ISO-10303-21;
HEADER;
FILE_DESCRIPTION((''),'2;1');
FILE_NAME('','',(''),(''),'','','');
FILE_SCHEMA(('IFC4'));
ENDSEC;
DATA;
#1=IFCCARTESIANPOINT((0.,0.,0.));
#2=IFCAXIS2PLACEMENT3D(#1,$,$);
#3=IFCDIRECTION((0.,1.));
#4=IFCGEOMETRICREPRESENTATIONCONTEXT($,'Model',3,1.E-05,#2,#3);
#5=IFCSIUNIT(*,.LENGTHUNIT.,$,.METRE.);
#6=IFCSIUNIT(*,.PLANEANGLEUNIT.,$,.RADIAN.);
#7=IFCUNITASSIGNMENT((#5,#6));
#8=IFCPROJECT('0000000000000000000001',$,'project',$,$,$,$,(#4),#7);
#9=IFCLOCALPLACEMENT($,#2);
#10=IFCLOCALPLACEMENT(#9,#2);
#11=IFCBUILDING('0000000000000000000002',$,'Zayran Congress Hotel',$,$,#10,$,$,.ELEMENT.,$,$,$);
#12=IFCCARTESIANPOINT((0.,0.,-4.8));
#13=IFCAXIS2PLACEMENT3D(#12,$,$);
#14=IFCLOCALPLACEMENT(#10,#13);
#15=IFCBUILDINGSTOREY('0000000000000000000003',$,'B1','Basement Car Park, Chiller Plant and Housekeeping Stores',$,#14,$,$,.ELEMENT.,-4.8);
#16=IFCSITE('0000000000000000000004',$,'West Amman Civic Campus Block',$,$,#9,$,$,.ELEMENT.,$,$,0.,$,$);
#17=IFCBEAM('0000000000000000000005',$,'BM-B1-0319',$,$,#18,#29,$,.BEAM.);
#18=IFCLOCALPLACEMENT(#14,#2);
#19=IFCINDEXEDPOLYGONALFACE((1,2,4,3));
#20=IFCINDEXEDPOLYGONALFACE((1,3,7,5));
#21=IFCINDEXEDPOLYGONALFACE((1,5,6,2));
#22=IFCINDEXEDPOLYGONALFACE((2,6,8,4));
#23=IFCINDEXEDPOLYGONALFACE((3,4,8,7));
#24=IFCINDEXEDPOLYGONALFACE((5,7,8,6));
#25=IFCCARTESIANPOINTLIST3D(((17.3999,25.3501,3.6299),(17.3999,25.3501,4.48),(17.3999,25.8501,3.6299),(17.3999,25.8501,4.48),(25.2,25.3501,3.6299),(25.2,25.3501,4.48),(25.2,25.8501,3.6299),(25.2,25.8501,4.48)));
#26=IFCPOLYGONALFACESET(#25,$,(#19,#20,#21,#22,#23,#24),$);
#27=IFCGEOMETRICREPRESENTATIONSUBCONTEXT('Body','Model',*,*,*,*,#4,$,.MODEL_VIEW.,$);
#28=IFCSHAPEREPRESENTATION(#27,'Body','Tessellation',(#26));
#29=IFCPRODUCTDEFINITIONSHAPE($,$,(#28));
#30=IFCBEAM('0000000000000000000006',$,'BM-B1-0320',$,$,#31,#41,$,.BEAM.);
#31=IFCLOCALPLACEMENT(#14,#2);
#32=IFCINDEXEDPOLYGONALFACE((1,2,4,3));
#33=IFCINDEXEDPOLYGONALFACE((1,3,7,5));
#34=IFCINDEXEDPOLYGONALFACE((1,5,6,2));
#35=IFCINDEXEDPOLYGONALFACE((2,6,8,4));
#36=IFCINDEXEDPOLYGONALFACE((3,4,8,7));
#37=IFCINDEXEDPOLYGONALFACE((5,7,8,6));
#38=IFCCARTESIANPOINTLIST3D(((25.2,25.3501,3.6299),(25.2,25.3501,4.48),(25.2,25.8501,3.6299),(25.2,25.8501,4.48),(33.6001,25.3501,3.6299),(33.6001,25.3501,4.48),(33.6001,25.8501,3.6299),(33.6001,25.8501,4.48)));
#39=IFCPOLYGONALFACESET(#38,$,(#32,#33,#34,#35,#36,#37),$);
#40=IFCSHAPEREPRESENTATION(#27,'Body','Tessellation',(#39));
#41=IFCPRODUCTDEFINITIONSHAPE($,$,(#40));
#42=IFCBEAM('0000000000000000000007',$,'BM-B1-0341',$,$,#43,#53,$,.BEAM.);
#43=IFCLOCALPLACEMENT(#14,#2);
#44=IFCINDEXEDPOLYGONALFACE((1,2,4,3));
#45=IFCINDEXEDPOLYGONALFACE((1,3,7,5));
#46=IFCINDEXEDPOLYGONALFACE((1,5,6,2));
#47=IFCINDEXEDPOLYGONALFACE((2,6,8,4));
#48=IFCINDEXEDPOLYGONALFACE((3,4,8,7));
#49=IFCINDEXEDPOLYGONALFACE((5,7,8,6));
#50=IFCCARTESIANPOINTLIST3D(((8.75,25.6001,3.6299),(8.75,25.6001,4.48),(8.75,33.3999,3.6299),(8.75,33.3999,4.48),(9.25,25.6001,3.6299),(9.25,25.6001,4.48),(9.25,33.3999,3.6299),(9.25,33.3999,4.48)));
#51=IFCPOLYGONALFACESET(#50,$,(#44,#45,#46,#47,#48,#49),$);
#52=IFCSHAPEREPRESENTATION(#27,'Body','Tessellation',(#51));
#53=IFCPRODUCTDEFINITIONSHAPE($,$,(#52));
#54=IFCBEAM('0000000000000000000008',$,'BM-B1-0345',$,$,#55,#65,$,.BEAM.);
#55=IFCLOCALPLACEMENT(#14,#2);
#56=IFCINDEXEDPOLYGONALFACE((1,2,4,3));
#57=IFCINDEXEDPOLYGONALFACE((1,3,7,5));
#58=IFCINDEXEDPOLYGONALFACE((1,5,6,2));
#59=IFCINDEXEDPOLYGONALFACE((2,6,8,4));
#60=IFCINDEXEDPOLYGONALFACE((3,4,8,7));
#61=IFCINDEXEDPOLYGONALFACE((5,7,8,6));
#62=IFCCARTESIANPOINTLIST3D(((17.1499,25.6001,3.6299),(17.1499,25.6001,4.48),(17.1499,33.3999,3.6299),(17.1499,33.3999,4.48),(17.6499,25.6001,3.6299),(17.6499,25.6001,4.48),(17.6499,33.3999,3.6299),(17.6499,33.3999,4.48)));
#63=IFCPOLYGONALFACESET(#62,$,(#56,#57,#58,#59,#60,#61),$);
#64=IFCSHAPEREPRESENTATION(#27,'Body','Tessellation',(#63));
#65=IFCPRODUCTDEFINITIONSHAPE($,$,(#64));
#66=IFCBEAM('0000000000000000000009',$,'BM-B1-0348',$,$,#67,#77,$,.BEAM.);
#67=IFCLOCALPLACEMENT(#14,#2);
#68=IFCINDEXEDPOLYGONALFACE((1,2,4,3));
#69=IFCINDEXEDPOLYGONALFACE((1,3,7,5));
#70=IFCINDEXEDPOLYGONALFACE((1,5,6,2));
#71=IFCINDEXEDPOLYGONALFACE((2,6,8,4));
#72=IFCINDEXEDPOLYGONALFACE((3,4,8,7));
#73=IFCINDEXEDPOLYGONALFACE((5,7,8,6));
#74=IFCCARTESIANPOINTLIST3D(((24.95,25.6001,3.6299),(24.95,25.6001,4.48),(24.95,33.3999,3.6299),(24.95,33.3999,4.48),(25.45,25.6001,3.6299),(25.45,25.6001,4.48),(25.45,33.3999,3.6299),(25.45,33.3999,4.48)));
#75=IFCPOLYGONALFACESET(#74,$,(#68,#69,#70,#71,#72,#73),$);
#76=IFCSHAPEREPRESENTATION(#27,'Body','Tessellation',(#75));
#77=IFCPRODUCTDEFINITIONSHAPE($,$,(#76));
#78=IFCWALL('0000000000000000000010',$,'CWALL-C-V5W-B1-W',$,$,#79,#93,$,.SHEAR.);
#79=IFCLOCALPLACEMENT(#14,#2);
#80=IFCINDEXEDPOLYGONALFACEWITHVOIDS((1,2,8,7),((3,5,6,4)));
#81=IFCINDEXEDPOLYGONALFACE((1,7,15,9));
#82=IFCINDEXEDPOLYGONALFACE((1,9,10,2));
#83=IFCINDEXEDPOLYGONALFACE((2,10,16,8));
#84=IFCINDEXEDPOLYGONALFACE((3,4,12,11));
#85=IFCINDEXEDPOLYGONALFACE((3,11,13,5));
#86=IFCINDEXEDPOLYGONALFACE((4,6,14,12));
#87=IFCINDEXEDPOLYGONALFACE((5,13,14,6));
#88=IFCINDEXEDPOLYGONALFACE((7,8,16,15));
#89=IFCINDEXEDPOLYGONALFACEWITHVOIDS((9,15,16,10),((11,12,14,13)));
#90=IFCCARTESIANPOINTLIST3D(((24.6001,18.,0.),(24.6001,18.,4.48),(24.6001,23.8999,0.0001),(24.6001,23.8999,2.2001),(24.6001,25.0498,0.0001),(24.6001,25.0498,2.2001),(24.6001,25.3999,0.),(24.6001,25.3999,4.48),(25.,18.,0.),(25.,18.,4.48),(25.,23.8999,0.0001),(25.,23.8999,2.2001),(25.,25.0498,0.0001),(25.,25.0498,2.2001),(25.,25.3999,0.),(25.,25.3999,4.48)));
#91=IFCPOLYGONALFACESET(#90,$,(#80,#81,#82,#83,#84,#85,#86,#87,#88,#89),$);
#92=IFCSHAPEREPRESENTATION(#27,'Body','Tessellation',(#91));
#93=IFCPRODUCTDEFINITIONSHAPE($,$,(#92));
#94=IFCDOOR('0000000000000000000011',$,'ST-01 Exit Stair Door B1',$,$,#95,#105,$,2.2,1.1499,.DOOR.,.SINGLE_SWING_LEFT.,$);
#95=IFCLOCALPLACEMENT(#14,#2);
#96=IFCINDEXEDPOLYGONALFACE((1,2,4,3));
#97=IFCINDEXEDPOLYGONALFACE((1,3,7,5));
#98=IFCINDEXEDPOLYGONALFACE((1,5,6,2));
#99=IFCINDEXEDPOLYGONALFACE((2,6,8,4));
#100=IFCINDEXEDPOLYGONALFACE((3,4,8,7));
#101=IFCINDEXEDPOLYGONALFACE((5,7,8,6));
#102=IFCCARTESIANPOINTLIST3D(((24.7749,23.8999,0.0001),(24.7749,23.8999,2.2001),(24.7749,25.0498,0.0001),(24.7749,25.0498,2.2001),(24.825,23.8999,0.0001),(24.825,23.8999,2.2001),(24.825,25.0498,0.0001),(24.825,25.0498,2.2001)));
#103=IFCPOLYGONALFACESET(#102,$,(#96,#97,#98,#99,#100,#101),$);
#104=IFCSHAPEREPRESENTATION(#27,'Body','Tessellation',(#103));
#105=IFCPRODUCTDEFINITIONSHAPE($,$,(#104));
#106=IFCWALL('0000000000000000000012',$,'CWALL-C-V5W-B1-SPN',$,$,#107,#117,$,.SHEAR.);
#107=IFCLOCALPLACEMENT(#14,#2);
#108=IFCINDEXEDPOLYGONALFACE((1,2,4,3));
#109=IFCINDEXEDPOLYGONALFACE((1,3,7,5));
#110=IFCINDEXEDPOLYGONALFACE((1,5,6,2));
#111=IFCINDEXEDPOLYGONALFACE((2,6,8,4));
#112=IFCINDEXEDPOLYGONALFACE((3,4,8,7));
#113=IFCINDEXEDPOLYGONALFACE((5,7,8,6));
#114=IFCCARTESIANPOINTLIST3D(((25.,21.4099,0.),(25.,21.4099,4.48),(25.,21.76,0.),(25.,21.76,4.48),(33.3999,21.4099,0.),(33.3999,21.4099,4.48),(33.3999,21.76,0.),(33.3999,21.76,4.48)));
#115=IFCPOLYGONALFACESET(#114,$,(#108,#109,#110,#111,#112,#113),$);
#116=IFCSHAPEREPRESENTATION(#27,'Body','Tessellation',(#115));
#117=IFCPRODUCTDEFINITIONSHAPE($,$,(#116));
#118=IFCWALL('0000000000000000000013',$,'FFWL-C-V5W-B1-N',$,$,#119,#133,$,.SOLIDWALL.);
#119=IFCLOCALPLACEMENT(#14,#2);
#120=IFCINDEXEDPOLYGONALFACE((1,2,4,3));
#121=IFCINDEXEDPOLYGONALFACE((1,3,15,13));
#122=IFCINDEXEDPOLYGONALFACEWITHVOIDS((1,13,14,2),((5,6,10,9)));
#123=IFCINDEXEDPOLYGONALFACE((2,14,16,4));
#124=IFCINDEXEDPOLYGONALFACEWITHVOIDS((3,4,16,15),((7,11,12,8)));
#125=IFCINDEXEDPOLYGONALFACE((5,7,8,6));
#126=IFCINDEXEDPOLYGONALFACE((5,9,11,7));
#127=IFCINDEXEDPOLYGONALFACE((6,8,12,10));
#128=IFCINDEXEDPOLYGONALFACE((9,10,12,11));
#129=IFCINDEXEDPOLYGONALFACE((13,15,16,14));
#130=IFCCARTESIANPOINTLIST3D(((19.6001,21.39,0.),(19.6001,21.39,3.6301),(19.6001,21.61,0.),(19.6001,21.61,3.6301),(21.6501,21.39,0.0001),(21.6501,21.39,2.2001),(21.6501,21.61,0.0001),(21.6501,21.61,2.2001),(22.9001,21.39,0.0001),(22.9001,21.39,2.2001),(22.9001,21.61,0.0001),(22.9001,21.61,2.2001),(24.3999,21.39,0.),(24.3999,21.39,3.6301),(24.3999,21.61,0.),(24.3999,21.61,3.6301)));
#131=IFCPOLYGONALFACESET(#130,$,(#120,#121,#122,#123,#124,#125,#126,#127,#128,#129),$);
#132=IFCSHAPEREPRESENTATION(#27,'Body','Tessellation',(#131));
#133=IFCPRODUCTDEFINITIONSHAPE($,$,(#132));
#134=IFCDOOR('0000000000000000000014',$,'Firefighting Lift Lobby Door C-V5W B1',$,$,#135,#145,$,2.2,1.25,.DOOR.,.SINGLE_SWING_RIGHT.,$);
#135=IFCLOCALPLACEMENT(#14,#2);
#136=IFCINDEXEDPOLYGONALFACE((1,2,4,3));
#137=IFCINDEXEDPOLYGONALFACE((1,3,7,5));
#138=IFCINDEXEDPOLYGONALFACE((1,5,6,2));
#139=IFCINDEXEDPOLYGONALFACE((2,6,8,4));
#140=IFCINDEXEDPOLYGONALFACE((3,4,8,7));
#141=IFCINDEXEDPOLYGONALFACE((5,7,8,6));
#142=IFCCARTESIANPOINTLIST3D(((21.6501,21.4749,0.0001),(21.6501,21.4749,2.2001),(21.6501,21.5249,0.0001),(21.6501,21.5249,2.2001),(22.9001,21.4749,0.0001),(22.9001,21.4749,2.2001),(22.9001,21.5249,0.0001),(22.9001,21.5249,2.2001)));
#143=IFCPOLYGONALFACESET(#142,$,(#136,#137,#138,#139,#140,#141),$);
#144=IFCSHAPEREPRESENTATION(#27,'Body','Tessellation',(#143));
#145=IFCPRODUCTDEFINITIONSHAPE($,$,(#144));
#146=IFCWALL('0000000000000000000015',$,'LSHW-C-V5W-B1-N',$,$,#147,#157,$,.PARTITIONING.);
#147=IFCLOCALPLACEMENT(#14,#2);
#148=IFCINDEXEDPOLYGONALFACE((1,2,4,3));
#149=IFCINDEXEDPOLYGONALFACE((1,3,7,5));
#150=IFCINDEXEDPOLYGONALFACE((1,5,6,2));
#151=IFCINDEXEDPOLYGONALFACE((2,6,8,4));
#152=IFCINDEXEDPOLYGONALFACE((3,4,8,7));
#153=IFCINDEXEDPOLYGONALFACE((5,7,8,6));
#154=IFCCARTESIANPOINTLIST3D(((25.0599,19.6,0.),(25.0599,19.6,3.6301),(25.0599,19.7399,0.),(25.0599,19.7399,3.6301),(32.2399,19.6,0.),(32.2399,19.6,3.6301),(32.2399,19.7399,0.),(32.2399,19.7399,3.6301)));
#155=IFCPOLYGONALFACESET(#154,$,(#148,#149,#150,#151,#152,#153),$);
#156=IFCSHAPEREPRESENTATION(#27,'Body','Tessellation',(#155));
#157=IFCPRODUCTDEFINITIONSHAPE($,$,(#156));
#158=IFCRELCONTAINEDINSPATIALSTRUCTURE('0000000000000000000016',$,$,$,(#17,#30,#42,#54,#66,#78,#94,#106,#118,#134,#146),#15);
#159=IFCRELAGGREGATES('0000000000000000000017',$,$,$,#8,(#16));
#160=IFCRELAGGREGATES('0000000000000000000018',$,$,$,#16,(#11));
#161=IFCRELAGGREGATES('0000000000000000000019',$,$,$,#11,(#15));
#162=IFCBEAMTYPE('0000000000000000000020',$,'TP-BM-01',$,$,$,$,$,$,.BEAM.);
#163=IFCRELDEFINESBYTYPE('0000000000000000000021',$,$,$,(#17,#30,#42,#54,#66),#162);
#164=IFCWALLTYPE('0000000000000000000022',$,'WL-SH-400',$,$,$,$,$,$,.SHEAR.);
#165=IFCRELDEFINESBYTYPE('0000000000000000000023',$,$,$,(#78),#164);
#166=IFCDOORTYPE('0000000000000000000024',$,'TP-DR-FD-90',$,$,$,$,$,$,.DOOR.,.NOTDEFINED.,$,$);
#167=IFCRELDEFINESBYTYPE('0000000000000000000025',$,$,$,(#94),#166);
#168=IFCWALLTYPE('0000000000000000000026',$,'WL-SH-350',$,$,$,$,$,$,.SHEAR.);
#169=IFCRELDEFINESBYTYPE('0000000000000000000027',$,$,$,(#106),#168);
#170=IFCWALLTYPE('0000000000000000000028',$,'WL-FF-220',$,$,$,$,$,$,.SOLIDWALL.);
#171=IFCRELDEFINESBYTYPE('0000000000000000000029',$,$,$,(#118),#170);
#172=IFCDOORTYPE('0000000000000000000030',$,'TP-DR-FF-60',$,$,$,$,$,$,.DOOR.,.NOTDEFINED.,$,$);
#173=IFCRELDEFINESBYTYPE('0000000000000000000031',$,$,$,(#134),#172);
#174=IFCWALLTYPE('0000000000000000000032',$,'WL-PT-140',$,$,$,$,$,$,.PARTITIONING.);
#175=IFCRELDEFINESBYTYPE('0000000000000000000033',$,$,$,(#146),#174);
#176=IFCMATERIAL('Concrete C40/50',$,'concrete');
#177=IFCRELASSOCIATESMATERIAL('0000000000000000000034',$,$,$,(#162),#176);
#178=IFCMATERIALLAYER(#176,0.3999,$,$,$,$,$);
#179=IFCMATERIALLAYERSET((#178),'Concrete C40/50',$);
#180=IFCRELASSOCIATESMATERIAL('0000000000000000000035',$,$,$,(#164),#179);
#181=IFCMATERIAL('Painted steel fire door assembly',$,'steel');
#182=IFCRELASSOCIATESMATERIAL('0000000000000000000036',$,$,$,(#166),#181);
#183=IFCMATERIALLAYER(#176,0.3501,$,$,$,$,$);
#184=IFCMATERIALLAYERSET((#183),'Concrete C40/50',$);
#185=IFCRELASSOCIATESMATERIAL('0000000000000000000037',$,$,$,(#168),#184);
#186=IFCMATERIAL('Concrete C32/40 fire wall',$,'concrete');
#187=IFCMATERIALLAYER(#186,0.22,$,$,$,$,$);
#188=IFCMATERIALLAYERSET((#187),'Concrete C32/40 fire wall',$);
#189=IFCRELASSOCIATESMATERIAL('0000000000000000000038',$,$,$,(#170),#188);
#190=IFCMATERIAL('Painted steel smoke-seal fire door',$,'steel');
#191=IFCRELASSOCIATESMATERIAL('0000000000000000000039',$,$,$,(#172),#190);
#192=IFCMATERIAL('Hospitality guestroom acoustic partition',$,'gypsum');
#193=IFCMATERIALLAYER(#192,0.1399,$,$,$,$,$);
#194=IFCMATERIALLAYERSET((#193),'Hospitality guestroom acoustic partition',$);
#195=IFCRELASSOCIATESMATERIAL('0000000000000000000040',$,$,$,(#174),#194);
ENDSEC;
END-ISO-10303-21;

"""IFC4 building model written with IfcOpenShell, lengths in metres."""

from ifc_helpers import new_model, si_unit, direction, frame, frame_2d, origin, origin_2d, place, context, subcontext, project, spatial, rectangle, extrude, material, layer, layer_set, material_profile, profile_set, type_object, element, fill, save


model = new_model("IFC4")

# Units and contexts
model_context = context("Model", 3, precision=1e-05, world=origin(), true_north=direction((0.0, 1.0)))
body_context = subcontext(model_context, "Body", "Model", "MODEL_VIEW")
ifc_project = project(units=[si_unit("LENGTHUNIT", "METRE"), si_unit("PLANEANGLEUNIT", "RADIAN")], contexts=[model_context])

# Site, building, storey
site_placement = place(None, origin())
site = spatial("IfcSite", under=ifc_project, at=site_placement, Name="West Amman Civic Campus Block", CompositionType="ELEMENT", RefElevation=0.0)
building_placement = place(site_placement, origin())
building = spatial("IfcBuilding", under=site, at=building_placement, Name="Zayran Congress Hotel", CompositionType="ELEMENT")
storey_placement = place(building_placement, frame((0.0, 0.0, -4.8)))
storey = spatial("IfcBuildingStorey", under=building, at=storey_placement, Name="B1", Description="Basement Car Park, Chiller Plant and Housekeeping Stores", CompositionType="ELEMENT", Elevation=-4.8)

# Shared definitions
ifc_material_1 = material(Name="Concrete C40/50", Category="concrete")

# Beams
ifc_material_profile_1 = material_profile(ifc_material_1, rectangle(XDim=0.5, YDim=0.8501, at=origin_2d()), Name="RC 500x850")
ifc_profile_set_1 = profile_set([ifc_material_profile_1], Name="Concrete C40/50")
beam_type = type_object("IfcBeamType", Name="TP-BM-01", PredefinedType="BEAM", material=ifc_profile_set_1)
beam_1_placement = place(storey_placement, frame((17.3999, 25.6001, 4.0549), z_axis=(1.0, 0.0, 0.0), x_axis=(0.0, 1.0, 0.0)))
element("IfcBeam", 1, at=beam_1_placement, inside=storey, type_object=beam_type, Name="BM-B1-0319", PredefinedType="BEAM", context=body_context, shape_type="SweptSolid", body=[
    extrude(rectangle(XDim=0.5, YDim=0.8501, at=origin_2d()), origin(), (0.0, 0.0, 1.0), 7.8),
])
beam_2_placement = place(storey_placement, frame((25.2, 25.6001, 4.0549), z_axis=(1.0, 0.0, 0.0), x_axis=(0.0, 1.0, 0.0)))
element("IfcBeam", 2, at=beam_2_placement, inside=storey, type_object=beam_type, Name="BM-B1-0320", PredefinedType="BEAM", context=body_context, shape_type="SweptSolid", body=[
    extrude(rectangle(XDim=0.5, YDim=0.8501, at=origin_2d()), origin(), (0.0, 0.0, 1.0), 8.4001),
])
for number, where, z_axis, x_axis, name in (
    (3, (9.0, 25.6001, 4.0549), (0.0, 1.0, 0.0), (-1.0, 0.0, 0.0), "BM-B1-0341"),
    (4, (17.3999, 25.6001, 4.0549), (0.0, 1.0, 0.0), (-1.0, 0.0, 0.0), "BM-B1-0345"),
    (5, (25.2, 25.6001, 4.0549), (0.0, 1.0, 0.0), (-1.0, 0.0, 0.0), "BM-B1-0348"),
):
    element("IfcBeam", number, at=place(storey_placement, frame(where, z_axis=z_axis, x_axis=x_axis)), inside=storey, type_object=beam_type, Name=name, PredefinedType="BEAM", context=body_context, shape_type="SweptSolid", body=[
        extrude(rectangle(XDim=0.5, YDim=0.8501, at=origin_2d()), origin(), (0.0, 0.0, 1.0), 7.7998),
    ])

# Wall, opening, door
ifc_layer_1 = layer(ifc_material_1, 0.3999)
ifc_layer_set_1 = layer_set([ifc_layer_1], Name="Concrete C40/50")
wall_type_1 = type_object("IfcWallType", Name="WL-SH-400", PredefinedType="SHEAR", material=ifc_layer_set_1)
wall_1_placement = place(storey_placement, frame((24.8, 25.3999, 0.0), z_axis=(0.0, 0.0, 1.0), x_axis=(0.0, -1.0, 0.0)))
wall_1 = element("IfcWall", 6, at=wall_1_placement, inside=storey, type_object=wall_type_1, Name="CWALL-C-V5W-B1-W", PredefinedType="SHEAR", context=body_context, shape_type="SweptSolid", body=[
    extrude(rectangle(XDim=7.3999, YDim=0.3999, at=frame_2d((3.7, 0.0))), origin(), (0.0, 0.0, 1.0), 4.48),
])
opening_1_placement = place(wall_1_placement, frame((0.3501, 0.0, 0.0)))
opening_1 = element("IfcOpeningElement", 7, at=opening_1_placement, cuts=wall_1, PredefinedType="OPENING", context=body_context, shape_type="SweptSolid", body=[
    extrude(rectangle(XDim=1.1499, YDim=2.2, at=frame_2d((0.575, 1.1001))), frame((0.0, 0.21, 0.0), z_axis=(0.0, -1.0, 0.0), x_axis=(1.0, 0.0, 0.0)), (0.0, 0.0, 1.0), 0.4199),
])
ifc_material_2 = material(Name="Painted steel fire door assembly", Category="steel")
door_type_1 = type_object("IfcDoorType", Name="TP-DR-FD-90", OperationType="NOTDEFINED", PredefinedType="DOOR", material=ifc_material_2)
door_1_placement = place(opening_1_placement, origin())
door_1 = element("IfcDoor", 8, at=door_1_placement, inside=storey, type_object=door_type_1, Name="ST-01 Exit Stair Door B1", OperationType="SINGLE_SWING_LEFT", OverallHeight=2.2, OverallWidth=1.1499, PredefinedType="DOOR", context=body_context, shape_type="SweptSolid", body=[
    extrude(rectangle(XDim=1.1499, YDim=2.2, at=frame_2d((0.575, 1.1001))), frame((0.0, 0.0249, 0.0), z_axis=(0.0, -1.0, 0.0), x_axis=(1.0, 0.0, 0.0)), (0.0, 0.0, 1.0), 0.05),
])
fill(opening_1, door_1)

# Wall
ifc_layer_2 = layer(ifc_material_1, 0.3501)
ifc_layer_set_2 = layer_set([ifc_layer_2], Name="Concrete C40/50")
wall_type_2 = type_object("IfcWallType", Name="WL-SH-350", PredefinedType="SHEAR", material=ifc_layer_set_2)
wall_2_placement = place(storey_placement, frame((25.0, 21.585, 0.0), z_axis=(0.0, 0.0, 1.0), x_axis=(1.0, 0.0, 0.0)))
element("IfcWall", 9, at=wall_2_placement, inside=storey, type_object=wall_type_2, Name="CWALL-C-V5W-B1-SPN", PredefinedType="SHEAR", context=body_context, shape_type="SweptSolid", body=[
    extrude(rectangle(XDim=8.3999, YDim=0.3501, at=frame_2d((4.2, 0.0))), origin(), (0.0, 0.0, 1.0), 4.48),
])

# Wall, opening, door
ifc_material_3 = material(Name="Concrete C32/40 fire wall", Category="concrete")
ifc_layer_3 = layer(ifc_material_3, 0.22)
ifc_layer_set_3 = layer_set([ifc_layer_3], Name="Concrete C32/40 fire wall")
wall_type_3 = type_object("IfcWallType", Name="WL-FF-220", PredefinedType="SOLIDWALL", material=ifc_layer_set_3)
wall_3_placement = place(storey_placement, frame((19.6001, 21.5, 0.0), z_axis=(0.0, 0.0, 1.0), x_axis=(1.0, 0.0, 0.0)))
wall_3 = element("IfcWall", 10, at=wall_3_placement, inside=storey, type_object=wall_type_3, Name="FFWL-C-V5W-B1-N", PredefinedType="SOLIDWALL", context=body_context, shape_type="SweptSolid", body=[
    extrude(rectangle(XDim=4.7998, YDim=0.22, at=frame_2d((2.3999, 0.0))), origin(), (0.0, 0.0, 1.0), 3.6301),
])
opening_2_placement = place(wall_3_placement, frame((2.05, 0.0, 0.0)))
opening_2 = element("IfcOpeningElement", 11, at=opening_2_placement, cuts=wall_3, PredefinedType="OPENING", context=body_context, shape_type="SweptSolid", body=[
    extrude(rectangle(XDim=1.25, YDim=2.2, at=frame_2d((0.625, 1.1001))), frame((0.0, 0.1199, 0.0), z_axis=(0.0, -1.0, 0.0), x_axis=(1.0, 0.0, 0.0)), (0.0, 0.0, 1.0), 0.24),
])
ifc_material_4 = material(Name="Painted steel smoke-seal fire door", Category="steel")
door_type_2 = type_object("IfcDoorType", Name="TP-DR-FF-60", OperationType="NOTDEFINED", PredefinedType="DOOR", material=ifc_material_4)
door_2_placement = place(opening_2_placement, origin())
door_2 = element("IfcDoor", 12, at=door_2_placement, inside=storey, type_object=door_type_2, Name="Firefighting Lift Lobby Door C-V5W B1", OperationType="SINGLE_SWING_RIGHT", OverallHeight=2.2, OverallWidth=1.25, PredefinedType="DOOR", context=body_context, shape_type="SweptSolid", body=[
    extrude(rectangle(XDim=1.25, YDim=2.2, at=frame_2d((0.625, 1.1001))), frame((0.0, 0.0249, 0.0), z_axis=(0.0, -1.0, 0.0), x_axis=(1.0, 0.0, 0.0)), (0.0, 0.0, 1.0), 0.05),
])
fill(opening_2, door_2)

# Wall
ifc_material_5 = material(Name="Hospitality guestroom acoustic partition", Category="gypsum")
ifc_layer_4 = layer(ifc_material_5, 0.1399)
ifc_layer_set_4 = layer_set([ifc_layer_4], Name="Hospitality guestroom acoustic partition")
wall_type_4 = type_object("IfcWallType", Name="WL-PT-140", PredefinedType="PARTITIONING", material=ifc_layer_set_4)
wall_4_placement = place(storey_placement, frame((25.0601, 19.6699, 0.0), z_axis=(0.0, 0.0, 1.0), x_axis=(1.0, 0.0, 0.0)))
element("IfcWall", 13, at=wall_4_placement, inside=storey, type_object=wall_type_4, Name="LSHW-C-V5W-B1-N", PredefinedType="PARTITIONING", context=body_context, shape_type="SweptSolid", body=[
    extrude(rectangle(XDim=7.1799, YDim=0.1399, at=frame_2d((3.5898, 0.0))), origin(), (0.0, 0.0, 1.0), 3.6301),
])

save(model, "model.ifc")
